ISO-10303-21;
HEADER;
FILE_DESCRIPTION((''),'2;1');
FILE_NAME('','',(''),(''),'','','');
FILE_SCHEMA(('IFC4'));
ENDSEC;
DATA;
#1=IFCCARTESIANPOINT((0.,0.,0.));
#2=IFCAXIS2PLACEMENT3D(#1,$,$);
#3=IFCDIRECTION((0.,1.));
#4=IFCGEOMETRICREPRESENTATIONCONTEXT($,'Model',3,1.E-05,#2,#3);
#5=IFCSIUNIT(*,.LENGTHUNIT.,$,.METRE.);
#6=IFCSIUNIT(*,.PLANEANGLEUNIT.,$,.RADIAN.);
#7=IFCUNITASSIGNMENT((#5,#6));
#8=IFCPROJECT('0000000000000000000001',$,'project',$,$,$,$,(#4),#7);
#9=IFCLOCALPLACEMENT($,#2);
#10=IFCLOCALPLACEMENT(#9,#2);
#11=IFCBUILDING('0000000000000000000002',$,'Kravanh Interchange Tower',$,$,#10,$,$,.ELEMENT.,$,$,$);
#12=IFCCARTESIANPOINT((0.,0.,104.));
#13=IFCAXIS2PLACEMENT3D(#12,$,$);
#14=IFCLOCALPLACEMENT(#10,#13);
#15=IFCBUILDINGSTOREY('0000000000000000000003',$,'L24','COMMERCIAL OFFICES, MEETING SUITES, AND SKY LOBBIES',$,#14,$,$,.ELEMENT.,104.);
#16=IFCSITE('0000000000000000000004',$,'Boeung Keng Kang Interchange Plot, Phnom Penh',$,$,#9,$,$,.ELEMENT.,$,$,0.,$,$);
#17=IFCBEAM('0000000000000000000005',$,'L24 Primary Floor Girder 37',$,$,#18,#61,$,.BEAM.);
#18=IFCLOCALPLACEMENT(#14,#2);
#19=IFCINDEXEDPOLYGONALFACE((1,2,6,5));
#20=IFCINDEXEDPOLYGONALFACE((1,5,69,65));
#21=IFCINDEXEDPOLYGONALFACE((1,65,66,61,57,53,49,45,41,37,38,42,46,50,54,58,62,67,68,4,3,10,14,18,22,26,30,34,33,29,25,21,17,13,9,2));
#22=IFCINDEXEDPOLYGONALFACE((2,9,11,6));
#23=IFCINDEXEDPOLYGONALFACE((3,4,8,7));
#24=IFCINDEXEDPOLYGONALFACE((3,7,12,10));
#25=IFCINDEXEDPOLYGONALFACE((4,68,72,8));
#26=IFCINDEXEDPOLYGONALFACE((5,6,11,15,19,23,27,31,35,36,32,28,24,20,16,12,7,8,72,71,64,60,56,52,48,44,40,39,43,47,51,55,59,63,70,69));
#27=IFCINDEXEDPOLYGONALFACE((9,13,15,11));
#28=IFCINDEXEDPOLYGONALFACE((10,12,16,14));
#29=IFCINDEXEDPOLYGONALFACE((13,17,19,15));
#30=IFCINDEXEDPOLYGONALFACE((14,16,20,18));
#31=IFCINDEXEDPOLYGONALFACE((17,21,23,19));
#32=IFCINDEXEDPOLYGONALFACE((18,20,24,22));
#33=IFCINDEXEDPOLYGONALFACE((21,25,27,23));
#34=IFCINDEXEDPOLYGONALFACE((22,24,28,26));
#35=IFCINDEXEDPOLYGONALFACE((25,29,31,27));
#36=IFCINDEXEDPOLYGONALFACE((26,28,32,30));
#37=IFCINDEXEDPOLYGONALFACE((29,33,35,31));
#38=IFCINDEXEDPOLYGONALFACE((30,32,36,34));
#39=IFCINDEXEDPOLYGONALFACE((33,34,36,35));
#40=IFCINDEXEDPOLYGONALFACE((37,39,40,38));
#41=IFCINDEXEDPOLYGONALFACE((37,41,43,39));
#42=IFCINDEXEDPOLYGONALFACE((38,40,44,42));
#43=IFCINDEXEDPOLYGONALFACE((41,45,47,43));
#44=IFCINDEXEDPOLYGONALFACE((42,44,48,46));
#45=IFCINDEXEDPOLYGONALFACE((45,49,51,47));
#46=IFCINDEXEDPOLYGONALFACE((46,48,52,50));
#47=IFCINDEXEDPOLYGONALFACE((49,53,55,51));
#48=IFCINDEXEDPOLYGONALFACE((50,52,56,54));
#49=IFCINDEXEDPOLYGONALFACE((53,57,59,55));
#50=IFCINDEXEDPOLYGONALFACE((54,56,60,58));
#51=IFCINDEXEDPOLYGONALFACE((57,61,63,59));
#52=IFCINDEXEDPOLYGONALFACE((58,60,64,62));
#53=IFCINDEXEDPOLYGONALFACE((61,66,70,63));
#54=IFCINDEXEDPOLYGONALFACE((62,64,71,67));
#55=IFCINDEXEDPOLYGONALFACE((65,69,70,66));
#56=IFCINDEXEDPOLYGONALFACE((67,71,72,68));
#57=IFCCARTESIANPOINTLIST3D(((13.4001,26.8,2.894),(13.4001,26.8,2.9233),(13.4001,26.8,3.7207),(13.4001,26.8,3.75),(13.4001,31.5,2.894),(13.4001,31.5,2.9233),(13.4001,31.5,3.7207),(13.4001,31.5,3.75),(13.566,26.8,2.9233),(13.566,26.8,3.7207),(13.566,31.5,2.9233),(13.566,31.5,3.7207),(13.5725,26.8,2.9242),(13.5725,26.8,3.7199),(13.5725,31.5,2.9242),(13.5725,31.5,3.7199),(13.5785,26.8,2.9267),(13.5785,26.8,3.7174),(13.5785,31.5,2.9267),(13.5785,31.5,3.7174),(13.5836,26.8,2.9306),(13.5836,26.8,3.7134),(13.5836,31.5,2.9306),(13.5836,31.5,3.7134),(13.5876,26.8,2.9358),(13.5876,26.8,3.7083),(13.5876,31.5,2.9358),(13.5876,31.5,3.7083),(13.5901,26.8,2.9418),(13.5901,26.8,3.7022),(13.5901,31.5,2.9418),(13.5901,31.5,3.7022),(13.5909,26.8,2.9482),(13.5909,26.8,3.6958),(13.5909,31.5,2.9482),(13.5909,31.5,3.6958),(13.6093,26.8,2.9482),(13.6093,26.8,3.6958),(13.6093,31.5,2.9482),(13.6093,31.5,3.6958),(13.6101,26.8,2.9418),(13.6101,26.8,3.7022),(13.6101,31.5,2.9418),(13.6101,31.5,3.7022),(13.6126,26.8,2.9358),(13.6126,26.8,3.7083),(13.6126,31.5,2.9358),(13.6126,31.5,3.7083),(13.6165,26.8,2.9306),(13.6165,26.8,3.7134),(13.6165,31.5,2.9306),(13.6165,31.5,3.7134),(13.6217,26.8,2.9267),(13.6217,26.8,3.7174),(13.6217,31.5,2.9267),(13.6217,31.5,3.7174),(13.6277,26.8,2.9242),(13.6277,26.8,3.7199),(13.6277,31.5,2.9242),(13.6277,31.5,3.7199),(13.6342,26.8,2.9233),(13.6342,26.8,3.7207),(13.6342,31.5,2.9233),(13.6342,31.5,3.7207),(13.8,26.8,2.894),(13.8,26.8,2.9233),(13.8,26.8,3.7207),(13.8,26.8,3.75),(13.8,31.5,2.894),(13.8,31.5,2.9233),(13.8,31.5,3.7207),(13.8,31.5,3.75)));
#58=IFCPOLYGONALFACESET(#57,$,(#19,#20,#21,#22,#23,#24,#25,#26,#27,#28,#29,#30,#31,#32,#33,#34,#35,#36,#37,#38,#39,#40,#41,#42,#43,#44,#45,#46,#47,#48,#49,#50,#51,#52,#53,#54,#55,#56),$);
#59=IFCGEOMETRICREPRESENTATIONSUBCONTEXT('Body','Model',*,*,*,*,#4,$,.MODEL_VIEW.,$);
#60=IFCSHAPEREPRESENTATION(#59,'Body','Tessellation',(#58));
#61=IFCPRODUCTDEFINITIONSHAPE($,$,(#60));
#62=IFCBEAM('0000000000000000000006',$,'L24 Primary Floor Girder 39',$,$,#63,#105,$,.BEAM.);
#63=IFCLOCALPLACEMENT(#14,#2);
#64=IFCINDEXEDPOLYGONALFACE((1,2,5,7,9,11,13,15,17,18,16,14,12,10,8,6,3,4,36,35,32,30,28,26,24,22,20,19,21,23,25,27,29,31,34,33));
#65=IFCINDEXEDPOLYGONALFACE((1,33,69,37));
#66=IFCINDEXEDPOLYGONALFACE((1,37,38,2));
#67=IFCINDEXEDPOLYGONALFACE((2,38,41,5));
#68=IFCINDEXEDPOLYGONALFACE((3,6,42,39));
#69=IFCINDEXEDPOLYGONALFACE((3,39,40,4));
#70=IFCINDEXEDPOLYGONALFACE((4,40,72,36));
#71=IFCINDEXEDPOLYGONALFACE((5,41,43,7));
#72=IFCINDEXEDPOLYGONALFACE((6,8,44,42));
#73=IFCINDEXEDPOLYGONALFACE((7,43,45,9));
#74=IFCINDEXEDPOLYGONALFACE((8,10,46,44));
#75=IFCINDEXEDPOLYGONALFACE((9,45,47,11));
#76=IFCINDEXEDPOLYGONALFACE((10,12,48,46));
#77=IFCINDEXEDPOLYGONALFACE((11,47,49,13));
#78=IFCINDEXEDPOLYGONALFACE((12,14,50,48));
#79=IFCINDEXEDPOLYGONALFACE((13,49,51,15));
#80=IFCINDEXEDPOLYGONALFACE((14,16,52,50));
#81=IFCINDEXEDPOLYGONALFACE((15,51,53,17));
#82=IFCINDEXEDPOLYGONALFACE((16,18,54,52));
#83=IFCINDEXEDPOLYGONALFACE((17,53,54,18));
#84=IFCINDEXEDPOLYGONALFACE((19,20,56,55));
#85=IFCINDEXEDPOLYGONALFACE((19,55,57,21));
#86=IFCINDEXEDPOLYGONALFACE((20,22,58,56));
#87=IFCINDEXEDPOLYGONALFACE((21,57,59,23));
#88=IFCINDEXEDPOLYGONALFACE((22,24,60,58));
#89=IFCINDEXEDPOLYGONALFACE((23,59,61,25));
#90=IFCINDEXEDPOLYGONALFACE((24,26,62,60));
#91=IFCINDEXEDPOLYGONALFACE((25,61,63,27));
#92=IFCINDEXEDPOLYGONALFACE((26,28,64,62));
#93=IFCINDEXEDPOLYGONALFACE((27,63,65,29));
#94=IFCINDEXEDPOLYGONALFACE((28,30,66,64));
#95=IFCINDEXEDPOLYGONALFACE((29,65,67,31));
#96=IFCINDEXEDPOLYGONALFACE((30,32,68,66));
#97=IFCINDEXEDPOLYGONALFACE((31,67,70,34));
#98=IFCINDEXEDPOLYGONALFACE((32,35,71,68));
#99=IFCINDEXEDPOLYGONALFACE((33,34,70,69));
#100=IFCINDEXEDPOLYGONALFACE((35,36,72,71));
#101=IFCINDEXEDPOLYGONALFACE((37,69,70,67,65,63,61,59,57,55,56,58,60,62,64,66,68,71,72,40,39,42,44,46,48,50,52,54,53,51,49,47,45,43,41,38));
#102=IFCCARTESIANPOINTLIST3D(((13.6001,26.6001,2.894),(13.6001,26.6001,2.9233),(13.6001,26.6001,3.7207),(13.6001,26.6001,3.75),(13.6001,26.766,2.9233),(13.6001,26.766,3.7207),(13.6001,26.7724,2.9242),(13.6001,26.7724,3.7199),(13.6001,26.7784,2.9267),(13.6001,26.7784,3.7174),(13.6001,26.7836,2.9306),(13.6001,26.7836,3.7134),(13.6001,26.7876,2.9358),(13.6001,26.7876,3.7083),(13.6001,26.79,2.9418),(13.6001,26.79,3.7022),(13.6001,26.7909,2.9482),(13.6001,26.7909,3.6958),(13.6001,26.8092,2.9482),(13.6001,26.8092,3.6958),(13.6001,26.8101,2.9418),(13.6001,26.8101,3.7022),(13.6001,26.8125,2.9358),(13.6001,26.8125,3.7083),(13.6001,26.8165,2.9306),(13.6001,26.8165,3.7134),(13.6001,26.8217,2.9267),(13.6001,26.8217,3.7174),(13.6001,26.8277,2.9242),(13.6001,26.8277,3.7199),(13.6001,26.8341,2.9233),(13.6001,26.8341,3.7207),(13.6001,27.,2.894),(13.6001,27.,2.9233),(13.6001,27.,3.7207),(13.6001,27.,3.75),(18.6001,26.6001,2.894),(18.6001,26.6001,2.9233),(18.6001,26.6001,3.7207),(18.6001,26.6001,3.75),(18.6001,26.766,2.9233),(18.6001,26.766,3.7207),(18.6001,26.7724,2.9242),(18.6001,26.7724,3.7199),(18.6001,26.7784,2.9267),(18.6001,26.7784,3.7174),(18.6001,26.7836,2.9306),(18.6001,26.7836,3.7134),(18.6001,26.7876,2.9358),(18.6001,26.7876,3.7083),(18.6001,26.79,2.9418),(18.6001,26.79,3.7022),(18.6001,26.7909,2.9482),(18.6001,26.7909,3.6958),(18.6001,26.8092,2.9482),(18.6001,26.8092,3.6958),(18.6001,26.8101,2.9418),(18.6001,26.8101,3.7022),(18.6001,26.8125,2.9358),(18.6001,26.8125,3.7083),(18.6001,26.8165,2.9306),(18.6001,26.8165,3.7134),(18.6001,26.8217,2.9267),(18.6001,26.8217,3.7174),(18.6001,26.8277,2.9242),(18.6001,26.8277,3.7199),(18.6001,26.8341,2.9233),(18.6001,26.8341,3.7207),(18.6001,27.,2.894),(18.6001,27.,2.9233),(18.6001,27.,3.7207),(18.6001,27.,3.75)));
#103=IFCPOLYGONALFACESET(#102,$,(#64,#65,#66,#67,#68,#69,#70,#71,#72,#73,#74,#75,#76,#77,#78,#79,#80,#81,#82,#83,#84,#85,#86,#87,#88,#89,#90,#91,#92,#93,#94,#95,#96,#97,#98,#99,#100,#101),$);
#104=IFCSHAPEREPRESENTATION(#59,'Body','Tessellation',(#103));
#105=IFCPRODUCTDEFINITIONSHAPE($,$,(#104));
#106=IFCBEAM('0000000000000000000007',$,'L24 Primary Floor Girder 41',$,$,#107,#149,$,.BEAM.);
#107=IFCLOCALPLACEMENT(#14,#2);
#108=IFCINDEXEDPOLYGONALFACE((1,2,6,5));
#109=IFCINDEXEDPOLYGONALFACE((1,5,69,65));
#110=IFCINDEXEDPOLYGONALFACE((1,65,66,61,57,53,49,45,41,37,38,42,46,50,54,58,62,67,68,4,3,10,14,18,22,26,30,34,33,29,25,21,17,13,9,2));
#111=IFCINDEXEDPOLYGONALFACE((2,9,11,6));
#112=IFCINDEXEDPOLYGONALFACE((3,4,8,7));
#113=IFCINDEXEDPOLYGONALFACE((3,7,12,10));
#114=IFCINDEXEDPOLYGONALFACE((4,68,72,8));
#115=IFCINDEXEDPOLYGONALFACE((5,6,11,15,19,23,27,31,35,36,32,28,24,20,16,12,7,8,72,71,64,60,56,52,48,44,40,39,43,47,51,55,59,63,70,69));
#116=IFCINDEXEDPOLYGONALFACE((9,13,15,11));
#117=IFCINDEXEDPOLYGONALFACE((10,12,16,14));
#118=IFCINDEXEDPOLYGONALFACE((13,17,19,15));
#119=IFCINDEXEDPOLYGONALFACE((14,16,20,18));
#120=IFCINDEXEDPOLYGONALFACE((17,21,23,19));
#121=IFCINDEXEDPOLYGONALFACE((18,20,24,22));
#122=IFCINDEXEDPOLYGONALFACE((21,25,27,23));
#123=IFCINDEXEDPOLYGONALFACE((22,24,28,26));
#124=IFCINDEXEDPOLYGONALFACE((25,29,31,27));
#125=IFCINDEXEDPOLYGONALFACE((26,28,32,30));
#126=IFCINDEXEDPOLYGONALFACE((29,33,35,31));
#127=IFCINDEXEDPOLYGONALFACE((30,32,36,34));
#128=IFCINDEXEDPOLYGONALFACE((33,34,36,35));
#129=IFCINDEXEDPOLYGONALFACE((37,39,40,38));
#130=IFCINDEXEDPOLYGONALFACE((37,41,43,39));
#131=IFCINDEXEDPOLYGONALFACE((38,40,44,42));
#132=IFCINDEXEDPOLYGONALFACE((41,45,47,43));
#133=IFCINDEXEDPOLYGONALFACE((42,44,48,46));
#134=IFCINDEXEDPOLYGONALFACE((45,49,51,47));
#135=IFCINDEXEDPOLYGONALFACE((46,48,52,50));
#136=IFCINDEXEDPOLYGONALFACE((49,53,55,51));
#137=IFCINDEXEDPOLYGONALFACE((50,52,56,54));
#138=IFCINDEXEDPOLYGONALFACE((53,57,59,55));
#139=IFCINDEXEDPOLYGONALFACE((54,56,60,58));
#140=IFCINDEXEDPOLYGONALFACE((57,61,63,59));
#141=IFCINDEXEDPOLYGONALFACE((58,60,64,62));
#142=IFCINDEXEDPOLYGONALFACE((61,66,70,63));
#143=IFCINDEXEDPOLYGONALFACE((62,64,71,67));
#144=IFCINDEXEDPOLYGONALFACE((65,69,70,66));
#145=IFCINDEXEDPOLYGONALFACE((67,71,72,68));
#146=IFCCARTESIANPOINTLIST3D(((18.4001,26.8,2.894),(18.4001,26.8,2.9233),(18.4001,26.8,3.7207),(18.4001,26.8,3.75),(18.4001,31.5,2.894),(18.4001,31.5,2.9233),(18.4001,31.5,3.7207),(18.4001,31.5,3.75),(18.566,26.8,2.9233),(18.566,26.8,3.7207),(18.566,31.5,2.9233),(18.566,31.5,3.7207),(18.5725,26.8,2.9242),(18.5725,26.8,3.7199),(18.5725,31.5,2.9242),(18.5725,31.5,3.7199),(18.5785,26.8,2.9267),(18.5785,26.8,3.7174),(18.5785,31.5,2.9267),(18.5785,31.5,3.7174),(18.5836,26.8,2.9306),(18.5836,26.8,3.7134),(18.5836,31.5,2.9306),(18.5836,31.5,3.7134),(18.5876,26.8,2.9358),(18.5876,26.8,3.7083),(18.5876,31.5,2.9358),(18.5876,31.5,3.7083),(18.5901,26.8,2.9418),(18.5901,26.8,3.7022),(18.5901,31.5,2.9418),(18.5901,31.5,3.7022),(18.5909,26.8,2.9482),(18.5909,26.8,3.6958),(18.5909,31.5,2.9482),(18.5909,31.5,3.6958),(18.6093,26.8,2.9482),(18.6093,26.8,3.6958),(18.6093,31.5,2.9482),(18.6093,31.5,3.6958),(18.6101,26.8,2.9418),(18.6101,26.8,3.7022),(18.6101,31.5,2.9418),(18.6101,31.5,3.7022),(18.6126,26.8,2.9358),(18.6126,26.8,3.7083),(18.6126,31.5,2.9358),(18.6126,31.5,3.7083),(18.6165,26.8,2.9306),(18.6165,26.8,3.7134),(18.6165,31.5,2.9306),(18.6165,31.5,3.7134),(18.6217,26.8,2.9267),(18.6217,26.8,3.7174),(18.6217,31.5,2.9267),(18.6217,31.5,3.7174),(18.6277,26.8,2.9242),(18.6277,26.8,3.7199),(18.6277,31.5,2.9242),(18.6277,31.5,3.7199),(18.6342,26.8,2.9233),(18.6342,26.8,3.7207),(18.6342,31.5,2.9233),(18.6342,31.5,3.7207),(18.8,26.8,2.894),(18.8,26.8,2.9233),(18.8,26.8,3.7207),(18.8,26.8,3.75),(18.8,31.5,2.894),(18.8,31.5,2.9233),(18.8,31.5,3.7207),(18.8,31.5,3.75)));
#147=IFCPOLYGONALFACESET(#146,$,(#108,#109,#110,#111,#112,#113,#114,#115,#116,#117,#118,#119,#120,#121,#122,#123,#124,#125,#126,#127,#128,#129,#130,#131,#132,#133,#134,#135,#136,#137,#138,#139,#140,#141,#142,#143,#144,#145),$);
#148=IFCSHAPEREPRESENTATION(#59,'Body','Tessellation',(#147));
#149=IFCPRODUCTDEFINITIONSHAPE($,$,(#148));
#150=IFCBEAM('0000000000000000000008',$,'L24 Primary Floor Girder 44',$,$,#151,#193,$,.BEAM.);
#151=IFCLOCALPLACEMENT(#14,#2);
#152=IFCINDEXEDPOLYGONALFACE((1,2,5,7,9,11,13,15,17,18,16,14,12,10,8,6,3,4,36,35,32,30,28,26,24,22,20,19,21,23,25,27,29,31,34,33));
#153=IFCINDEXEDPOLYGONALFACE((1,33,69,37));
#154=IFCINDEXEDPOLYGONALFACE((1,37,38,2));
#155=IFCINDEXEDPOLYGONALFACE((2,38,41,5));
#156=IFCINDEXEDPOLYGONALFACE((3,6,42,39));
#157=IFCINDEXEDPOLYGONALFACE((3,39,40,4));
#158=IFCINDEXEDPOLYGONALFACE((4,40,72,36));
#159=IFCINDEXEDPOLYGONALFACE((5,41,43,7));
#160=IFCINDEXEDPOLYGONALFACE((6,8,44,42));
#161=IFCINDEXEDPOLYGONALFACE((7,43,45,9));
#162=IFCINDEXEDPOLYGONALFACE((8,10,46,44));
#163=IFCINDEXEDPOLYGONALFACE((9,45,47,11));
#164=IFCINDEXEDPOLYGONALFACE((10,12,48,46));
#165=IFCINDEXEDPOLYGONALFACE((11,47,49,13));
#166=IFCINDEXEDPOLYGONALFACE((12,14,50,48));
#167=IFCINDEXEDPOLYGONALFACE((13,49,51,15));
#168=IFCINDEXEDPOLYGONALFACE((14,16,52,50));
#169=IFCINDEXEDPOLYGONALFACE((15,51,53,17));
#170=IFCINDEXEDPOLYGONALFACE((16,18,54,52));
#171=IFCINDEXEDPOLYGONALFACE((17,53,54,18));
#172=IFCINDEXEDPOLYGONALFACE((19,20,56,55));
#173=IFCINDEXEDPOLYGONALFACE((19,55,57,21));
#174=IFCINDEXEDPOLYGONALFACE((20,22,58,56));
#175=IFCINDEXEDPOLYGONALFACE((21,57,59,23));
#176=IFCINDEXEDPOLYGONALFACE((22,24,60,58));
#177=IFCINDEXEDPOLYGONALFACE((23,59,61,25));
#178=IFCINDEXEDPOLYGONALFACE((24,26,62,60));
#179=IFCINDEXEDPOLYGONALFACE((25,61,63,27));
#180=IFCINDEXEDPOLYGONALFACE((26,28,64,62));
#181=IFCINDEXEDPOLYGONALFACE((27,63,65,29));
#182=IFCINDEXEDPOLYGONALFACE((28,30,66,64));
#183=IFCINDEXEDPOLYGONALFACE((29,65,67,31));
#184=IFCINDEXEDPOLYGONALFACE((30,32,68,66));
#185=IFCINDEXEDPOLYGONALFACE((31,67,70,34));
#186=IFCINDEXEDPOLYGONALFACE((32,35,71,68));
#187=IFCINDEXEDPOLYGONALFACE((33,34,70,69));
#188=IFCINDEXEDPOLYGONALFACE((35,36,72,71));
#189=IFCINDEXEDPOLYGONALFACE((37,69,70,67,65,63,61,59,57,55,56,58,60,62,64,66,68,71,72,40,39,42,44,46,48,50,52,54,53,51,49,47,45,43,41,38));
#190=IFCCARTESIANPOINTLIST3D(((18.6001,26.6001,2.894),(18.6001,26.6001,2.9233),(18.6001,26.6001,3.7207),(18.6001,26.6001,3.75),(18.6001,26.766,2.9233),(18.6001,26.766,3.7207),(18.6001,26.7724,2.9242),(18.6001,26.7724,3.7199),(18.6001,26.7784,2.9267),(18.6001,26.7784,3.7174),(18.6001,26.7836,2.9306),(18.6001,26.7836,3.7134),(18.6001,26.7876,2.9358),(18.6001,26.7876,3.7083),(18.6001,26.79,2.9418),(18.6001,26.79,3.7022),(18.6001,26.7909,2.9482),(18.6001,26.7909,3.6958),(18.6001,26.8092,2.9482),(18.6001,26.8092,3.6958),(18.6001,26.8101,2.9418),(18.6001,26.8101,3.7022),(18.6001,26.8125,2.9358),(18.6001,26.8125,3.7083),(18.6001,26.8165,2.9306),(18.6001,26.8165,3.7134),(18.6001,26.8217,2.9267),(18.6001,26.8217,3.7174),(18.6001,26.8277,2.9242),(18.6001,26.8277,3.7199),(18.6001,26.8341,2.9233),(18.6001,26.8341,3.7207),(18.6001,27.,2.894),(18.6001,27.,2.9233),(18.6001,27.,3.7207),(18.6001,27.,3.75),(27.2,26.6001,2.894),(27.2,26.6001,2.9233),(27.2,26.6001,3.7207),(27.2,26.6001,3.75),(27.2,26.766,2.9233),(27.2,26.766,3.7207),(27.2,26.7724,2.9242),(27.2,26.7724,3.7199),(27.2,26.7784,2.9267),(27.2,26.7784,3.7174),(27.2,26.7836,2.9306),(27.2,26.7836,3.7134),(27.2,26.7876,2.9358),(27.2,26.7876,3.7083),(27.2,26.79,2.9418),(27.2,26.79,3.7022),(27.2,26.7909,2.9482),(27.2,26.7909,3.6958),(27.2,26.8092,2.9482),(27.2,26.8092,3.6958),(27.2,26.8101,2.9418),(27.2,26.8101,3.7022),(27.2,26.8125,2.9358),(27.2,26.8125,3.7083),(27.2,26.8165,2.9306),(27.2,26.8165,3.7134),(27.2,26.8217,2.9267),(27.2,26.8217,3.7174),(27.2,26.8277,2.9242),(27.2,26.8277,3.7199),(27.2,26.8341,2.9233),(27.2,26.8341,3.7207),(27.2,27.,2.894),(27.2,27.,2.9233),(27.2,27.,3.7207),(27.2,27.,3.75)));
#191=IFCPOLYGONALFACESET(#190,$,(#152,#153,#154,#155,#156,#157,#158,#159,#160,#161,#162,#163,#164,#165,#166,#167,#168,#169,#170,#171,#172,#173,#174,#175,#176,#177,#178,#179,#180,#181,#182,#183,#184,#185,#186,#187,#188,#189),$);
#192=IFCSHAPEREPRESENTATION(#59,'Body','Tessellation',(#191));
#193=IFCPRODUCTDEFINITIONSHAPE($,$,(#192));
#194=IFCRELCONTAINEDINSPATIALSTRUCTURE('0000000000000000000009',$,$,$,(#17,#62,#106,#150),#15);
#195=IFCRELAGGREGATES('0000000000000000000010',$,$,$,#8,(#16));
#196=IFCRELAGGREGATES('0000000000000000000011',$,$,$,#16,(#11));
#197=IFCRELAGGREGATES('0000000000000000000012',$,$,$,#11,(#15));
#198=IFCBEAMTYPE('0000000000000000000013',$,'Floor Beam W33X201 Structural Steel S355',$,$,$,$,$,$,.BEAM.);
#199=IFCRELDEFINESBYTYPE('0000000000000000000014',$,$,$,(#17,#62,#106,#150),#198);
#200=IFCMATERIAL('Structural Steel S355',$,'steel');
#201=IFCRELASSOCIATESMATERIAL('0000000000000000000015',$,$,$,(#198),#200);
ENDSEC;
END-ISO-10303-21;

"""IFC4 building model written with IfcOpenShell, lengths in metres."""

from ifc_helpers import new_model, si_unit, direction, frame, origin, origin_2d, place, context, subcontext, project, spatial, i_section, extrude, material, material_profile, profile_set, type_object, element, save


model = new_model("IFC4")

# Units and contexts
model_context = context("Model", 3, precision=1e-05, world=origin(), true_north=direction((0.0, 1.0)))
body_context = subcontext(model_context, "Body", "Model", "MODEL_VIEW")
ifc_project = project(units=[si_unit("LENGTHUNIT", "METRE"), si_unit("PLANEANGLEUNIT", "RADIAN")], contexts=[model_context])

# Site, building, storey
site_placement = place(None, origin())
site = spatial("IfcSite", under=ifc_project, at=site_placement, Name="Boeung Keng Kang Interchange Plot, Phnom Penh", CompositionType="ELEMENT", RefElevation=0.0)
building_placement = place(site_placement, origin())
building = spatial("IfcBuilding", under=site, at=building_placement, Name="Kravanh Interchange Tower", CompositionType="ELEMENT")
storey_placement = place(building_placement, frame((0.0, 0.0, 104.0)))
storey = spatial("IfcBuildingStorey", under=building, at=storey_placement, Name="L24", Description="COMMERCIAL OFFICES, MEETING SUITES, AND SKY LOBBIES", CompositionType="ELEMENT", Elevation=104.0)

# Beams
ifc_material_1 = material(Name="Structural Steel S355", Category="steel")
ifc_material_profile_1 = material_profile(ifc_material_1, i_section(OverallWidth=0.3999, OverallDepth=0.856, WebThickness=0.0183, FlangeThickness=0.0293, FilletRadius=0.0249, at=origin_2d()), Name="W33X201")
ifc_profile_set_1 = profile_set([ifc_material_profile_1], Name="Structural Steel S355")
beam_type_1 = type_object("IfcBeamType", Name="Floor Beam W33X201 Structural Steel S355", PredefinedType="BEAM", material=ifc_profile_set_1)
beam_1_placement = place(storey_placement, frame((13.6001, 26.8, 3.322), z_axis=(0.0, 1.0, 0.0), x_axis=(-1.0, 0.0, 0.0)))
element("IfcBeam", 1, at=beam_1_placement, inside=storey, type_object=beam_type_1, Name="L24 Primary Floor Girder 37", PredefinedType="BEAM", context=body_context, shape_type="SweptSolid", body=[
    extrude(i_section(OverallWidth=0.3999, OverallDepth=0.856, WebThickness=0.0183, FlangeThickness=0.0293, FilletRadius=0.0249, at=origin_2d()), origin(), (0.0, 0.0, 1.0), 4.7),
])
beam_2_placement = place(storey_placement, frame((13.6001, 26.8, 3.322), z_axis=(1.0, 0.0, 0.0), x_axis=(0.0, 1.0, 0.0)))
element("IfcBeam", 2, at=beam_2_placement, inside=storey, type_object=beam_type_1, Name="L24 Primary Floor Girder 39", PredefinedType="BEAM", context=body_context, shape_type="SweptSolid", body=[
    extrude(i_section(OverallWidth=0.3999, OverallDepth=0.856, WebThickness=0.0183, FlangeThickness=0.0293, FilletRadius=0.0249, at=origin_2d()), origin(), (0.0, 0.0, 1.0), 5.0),
])
beam_3_placement = place(storey_placement, frame((18.6001, 26.8, 3.322), z_axis=(0.0, 1.0, 0.0), x_axis=(-1.0, 0.0, 0.0)))
element("IfcBeam", 3, at=beam_3_placement, inside=storey, type_object=beam_type_1, Name="L24 Primary Floor Girder 41", PredefinedType="BEAM", context=body_context, shape_type="SweptSolid", body=[
    extrude(i_section(OverallWidth=0.3999, OverallDepth=0.856, WebThickness=0.0183, FlangeThickness=0.0293, FilletRadius=0.0249, at=origin_2d()), origin(), (0.0, 0.0, 1.0), 4.7),
])
beam_4_placement = place(storey_placement, frame((18.6001, 26.8, 3.322), z_axis=(1.0, 0.0, 0.0), x_axis=(0.0, 1.0, 0.0)))
element("IfcBeam", 4, at=beam_4_placement, inside=storey, type_object=beam_type_1, Name="L24 Primary Floor Girder 44", PredefinedType="BEAM", context=body_context, shape_type="SweptSolid", body=[
    extrude(i_section(OverallWidth=0.3999, OverallDepth=0.856, WebThickness=0.0183, FlangeThickness=0.0293, FilletRadius=0.0249, at=origin_2d()), origin(), (0.0, 0.0, 1.0), 8.5999),
])

save(model, "model.ifc")
